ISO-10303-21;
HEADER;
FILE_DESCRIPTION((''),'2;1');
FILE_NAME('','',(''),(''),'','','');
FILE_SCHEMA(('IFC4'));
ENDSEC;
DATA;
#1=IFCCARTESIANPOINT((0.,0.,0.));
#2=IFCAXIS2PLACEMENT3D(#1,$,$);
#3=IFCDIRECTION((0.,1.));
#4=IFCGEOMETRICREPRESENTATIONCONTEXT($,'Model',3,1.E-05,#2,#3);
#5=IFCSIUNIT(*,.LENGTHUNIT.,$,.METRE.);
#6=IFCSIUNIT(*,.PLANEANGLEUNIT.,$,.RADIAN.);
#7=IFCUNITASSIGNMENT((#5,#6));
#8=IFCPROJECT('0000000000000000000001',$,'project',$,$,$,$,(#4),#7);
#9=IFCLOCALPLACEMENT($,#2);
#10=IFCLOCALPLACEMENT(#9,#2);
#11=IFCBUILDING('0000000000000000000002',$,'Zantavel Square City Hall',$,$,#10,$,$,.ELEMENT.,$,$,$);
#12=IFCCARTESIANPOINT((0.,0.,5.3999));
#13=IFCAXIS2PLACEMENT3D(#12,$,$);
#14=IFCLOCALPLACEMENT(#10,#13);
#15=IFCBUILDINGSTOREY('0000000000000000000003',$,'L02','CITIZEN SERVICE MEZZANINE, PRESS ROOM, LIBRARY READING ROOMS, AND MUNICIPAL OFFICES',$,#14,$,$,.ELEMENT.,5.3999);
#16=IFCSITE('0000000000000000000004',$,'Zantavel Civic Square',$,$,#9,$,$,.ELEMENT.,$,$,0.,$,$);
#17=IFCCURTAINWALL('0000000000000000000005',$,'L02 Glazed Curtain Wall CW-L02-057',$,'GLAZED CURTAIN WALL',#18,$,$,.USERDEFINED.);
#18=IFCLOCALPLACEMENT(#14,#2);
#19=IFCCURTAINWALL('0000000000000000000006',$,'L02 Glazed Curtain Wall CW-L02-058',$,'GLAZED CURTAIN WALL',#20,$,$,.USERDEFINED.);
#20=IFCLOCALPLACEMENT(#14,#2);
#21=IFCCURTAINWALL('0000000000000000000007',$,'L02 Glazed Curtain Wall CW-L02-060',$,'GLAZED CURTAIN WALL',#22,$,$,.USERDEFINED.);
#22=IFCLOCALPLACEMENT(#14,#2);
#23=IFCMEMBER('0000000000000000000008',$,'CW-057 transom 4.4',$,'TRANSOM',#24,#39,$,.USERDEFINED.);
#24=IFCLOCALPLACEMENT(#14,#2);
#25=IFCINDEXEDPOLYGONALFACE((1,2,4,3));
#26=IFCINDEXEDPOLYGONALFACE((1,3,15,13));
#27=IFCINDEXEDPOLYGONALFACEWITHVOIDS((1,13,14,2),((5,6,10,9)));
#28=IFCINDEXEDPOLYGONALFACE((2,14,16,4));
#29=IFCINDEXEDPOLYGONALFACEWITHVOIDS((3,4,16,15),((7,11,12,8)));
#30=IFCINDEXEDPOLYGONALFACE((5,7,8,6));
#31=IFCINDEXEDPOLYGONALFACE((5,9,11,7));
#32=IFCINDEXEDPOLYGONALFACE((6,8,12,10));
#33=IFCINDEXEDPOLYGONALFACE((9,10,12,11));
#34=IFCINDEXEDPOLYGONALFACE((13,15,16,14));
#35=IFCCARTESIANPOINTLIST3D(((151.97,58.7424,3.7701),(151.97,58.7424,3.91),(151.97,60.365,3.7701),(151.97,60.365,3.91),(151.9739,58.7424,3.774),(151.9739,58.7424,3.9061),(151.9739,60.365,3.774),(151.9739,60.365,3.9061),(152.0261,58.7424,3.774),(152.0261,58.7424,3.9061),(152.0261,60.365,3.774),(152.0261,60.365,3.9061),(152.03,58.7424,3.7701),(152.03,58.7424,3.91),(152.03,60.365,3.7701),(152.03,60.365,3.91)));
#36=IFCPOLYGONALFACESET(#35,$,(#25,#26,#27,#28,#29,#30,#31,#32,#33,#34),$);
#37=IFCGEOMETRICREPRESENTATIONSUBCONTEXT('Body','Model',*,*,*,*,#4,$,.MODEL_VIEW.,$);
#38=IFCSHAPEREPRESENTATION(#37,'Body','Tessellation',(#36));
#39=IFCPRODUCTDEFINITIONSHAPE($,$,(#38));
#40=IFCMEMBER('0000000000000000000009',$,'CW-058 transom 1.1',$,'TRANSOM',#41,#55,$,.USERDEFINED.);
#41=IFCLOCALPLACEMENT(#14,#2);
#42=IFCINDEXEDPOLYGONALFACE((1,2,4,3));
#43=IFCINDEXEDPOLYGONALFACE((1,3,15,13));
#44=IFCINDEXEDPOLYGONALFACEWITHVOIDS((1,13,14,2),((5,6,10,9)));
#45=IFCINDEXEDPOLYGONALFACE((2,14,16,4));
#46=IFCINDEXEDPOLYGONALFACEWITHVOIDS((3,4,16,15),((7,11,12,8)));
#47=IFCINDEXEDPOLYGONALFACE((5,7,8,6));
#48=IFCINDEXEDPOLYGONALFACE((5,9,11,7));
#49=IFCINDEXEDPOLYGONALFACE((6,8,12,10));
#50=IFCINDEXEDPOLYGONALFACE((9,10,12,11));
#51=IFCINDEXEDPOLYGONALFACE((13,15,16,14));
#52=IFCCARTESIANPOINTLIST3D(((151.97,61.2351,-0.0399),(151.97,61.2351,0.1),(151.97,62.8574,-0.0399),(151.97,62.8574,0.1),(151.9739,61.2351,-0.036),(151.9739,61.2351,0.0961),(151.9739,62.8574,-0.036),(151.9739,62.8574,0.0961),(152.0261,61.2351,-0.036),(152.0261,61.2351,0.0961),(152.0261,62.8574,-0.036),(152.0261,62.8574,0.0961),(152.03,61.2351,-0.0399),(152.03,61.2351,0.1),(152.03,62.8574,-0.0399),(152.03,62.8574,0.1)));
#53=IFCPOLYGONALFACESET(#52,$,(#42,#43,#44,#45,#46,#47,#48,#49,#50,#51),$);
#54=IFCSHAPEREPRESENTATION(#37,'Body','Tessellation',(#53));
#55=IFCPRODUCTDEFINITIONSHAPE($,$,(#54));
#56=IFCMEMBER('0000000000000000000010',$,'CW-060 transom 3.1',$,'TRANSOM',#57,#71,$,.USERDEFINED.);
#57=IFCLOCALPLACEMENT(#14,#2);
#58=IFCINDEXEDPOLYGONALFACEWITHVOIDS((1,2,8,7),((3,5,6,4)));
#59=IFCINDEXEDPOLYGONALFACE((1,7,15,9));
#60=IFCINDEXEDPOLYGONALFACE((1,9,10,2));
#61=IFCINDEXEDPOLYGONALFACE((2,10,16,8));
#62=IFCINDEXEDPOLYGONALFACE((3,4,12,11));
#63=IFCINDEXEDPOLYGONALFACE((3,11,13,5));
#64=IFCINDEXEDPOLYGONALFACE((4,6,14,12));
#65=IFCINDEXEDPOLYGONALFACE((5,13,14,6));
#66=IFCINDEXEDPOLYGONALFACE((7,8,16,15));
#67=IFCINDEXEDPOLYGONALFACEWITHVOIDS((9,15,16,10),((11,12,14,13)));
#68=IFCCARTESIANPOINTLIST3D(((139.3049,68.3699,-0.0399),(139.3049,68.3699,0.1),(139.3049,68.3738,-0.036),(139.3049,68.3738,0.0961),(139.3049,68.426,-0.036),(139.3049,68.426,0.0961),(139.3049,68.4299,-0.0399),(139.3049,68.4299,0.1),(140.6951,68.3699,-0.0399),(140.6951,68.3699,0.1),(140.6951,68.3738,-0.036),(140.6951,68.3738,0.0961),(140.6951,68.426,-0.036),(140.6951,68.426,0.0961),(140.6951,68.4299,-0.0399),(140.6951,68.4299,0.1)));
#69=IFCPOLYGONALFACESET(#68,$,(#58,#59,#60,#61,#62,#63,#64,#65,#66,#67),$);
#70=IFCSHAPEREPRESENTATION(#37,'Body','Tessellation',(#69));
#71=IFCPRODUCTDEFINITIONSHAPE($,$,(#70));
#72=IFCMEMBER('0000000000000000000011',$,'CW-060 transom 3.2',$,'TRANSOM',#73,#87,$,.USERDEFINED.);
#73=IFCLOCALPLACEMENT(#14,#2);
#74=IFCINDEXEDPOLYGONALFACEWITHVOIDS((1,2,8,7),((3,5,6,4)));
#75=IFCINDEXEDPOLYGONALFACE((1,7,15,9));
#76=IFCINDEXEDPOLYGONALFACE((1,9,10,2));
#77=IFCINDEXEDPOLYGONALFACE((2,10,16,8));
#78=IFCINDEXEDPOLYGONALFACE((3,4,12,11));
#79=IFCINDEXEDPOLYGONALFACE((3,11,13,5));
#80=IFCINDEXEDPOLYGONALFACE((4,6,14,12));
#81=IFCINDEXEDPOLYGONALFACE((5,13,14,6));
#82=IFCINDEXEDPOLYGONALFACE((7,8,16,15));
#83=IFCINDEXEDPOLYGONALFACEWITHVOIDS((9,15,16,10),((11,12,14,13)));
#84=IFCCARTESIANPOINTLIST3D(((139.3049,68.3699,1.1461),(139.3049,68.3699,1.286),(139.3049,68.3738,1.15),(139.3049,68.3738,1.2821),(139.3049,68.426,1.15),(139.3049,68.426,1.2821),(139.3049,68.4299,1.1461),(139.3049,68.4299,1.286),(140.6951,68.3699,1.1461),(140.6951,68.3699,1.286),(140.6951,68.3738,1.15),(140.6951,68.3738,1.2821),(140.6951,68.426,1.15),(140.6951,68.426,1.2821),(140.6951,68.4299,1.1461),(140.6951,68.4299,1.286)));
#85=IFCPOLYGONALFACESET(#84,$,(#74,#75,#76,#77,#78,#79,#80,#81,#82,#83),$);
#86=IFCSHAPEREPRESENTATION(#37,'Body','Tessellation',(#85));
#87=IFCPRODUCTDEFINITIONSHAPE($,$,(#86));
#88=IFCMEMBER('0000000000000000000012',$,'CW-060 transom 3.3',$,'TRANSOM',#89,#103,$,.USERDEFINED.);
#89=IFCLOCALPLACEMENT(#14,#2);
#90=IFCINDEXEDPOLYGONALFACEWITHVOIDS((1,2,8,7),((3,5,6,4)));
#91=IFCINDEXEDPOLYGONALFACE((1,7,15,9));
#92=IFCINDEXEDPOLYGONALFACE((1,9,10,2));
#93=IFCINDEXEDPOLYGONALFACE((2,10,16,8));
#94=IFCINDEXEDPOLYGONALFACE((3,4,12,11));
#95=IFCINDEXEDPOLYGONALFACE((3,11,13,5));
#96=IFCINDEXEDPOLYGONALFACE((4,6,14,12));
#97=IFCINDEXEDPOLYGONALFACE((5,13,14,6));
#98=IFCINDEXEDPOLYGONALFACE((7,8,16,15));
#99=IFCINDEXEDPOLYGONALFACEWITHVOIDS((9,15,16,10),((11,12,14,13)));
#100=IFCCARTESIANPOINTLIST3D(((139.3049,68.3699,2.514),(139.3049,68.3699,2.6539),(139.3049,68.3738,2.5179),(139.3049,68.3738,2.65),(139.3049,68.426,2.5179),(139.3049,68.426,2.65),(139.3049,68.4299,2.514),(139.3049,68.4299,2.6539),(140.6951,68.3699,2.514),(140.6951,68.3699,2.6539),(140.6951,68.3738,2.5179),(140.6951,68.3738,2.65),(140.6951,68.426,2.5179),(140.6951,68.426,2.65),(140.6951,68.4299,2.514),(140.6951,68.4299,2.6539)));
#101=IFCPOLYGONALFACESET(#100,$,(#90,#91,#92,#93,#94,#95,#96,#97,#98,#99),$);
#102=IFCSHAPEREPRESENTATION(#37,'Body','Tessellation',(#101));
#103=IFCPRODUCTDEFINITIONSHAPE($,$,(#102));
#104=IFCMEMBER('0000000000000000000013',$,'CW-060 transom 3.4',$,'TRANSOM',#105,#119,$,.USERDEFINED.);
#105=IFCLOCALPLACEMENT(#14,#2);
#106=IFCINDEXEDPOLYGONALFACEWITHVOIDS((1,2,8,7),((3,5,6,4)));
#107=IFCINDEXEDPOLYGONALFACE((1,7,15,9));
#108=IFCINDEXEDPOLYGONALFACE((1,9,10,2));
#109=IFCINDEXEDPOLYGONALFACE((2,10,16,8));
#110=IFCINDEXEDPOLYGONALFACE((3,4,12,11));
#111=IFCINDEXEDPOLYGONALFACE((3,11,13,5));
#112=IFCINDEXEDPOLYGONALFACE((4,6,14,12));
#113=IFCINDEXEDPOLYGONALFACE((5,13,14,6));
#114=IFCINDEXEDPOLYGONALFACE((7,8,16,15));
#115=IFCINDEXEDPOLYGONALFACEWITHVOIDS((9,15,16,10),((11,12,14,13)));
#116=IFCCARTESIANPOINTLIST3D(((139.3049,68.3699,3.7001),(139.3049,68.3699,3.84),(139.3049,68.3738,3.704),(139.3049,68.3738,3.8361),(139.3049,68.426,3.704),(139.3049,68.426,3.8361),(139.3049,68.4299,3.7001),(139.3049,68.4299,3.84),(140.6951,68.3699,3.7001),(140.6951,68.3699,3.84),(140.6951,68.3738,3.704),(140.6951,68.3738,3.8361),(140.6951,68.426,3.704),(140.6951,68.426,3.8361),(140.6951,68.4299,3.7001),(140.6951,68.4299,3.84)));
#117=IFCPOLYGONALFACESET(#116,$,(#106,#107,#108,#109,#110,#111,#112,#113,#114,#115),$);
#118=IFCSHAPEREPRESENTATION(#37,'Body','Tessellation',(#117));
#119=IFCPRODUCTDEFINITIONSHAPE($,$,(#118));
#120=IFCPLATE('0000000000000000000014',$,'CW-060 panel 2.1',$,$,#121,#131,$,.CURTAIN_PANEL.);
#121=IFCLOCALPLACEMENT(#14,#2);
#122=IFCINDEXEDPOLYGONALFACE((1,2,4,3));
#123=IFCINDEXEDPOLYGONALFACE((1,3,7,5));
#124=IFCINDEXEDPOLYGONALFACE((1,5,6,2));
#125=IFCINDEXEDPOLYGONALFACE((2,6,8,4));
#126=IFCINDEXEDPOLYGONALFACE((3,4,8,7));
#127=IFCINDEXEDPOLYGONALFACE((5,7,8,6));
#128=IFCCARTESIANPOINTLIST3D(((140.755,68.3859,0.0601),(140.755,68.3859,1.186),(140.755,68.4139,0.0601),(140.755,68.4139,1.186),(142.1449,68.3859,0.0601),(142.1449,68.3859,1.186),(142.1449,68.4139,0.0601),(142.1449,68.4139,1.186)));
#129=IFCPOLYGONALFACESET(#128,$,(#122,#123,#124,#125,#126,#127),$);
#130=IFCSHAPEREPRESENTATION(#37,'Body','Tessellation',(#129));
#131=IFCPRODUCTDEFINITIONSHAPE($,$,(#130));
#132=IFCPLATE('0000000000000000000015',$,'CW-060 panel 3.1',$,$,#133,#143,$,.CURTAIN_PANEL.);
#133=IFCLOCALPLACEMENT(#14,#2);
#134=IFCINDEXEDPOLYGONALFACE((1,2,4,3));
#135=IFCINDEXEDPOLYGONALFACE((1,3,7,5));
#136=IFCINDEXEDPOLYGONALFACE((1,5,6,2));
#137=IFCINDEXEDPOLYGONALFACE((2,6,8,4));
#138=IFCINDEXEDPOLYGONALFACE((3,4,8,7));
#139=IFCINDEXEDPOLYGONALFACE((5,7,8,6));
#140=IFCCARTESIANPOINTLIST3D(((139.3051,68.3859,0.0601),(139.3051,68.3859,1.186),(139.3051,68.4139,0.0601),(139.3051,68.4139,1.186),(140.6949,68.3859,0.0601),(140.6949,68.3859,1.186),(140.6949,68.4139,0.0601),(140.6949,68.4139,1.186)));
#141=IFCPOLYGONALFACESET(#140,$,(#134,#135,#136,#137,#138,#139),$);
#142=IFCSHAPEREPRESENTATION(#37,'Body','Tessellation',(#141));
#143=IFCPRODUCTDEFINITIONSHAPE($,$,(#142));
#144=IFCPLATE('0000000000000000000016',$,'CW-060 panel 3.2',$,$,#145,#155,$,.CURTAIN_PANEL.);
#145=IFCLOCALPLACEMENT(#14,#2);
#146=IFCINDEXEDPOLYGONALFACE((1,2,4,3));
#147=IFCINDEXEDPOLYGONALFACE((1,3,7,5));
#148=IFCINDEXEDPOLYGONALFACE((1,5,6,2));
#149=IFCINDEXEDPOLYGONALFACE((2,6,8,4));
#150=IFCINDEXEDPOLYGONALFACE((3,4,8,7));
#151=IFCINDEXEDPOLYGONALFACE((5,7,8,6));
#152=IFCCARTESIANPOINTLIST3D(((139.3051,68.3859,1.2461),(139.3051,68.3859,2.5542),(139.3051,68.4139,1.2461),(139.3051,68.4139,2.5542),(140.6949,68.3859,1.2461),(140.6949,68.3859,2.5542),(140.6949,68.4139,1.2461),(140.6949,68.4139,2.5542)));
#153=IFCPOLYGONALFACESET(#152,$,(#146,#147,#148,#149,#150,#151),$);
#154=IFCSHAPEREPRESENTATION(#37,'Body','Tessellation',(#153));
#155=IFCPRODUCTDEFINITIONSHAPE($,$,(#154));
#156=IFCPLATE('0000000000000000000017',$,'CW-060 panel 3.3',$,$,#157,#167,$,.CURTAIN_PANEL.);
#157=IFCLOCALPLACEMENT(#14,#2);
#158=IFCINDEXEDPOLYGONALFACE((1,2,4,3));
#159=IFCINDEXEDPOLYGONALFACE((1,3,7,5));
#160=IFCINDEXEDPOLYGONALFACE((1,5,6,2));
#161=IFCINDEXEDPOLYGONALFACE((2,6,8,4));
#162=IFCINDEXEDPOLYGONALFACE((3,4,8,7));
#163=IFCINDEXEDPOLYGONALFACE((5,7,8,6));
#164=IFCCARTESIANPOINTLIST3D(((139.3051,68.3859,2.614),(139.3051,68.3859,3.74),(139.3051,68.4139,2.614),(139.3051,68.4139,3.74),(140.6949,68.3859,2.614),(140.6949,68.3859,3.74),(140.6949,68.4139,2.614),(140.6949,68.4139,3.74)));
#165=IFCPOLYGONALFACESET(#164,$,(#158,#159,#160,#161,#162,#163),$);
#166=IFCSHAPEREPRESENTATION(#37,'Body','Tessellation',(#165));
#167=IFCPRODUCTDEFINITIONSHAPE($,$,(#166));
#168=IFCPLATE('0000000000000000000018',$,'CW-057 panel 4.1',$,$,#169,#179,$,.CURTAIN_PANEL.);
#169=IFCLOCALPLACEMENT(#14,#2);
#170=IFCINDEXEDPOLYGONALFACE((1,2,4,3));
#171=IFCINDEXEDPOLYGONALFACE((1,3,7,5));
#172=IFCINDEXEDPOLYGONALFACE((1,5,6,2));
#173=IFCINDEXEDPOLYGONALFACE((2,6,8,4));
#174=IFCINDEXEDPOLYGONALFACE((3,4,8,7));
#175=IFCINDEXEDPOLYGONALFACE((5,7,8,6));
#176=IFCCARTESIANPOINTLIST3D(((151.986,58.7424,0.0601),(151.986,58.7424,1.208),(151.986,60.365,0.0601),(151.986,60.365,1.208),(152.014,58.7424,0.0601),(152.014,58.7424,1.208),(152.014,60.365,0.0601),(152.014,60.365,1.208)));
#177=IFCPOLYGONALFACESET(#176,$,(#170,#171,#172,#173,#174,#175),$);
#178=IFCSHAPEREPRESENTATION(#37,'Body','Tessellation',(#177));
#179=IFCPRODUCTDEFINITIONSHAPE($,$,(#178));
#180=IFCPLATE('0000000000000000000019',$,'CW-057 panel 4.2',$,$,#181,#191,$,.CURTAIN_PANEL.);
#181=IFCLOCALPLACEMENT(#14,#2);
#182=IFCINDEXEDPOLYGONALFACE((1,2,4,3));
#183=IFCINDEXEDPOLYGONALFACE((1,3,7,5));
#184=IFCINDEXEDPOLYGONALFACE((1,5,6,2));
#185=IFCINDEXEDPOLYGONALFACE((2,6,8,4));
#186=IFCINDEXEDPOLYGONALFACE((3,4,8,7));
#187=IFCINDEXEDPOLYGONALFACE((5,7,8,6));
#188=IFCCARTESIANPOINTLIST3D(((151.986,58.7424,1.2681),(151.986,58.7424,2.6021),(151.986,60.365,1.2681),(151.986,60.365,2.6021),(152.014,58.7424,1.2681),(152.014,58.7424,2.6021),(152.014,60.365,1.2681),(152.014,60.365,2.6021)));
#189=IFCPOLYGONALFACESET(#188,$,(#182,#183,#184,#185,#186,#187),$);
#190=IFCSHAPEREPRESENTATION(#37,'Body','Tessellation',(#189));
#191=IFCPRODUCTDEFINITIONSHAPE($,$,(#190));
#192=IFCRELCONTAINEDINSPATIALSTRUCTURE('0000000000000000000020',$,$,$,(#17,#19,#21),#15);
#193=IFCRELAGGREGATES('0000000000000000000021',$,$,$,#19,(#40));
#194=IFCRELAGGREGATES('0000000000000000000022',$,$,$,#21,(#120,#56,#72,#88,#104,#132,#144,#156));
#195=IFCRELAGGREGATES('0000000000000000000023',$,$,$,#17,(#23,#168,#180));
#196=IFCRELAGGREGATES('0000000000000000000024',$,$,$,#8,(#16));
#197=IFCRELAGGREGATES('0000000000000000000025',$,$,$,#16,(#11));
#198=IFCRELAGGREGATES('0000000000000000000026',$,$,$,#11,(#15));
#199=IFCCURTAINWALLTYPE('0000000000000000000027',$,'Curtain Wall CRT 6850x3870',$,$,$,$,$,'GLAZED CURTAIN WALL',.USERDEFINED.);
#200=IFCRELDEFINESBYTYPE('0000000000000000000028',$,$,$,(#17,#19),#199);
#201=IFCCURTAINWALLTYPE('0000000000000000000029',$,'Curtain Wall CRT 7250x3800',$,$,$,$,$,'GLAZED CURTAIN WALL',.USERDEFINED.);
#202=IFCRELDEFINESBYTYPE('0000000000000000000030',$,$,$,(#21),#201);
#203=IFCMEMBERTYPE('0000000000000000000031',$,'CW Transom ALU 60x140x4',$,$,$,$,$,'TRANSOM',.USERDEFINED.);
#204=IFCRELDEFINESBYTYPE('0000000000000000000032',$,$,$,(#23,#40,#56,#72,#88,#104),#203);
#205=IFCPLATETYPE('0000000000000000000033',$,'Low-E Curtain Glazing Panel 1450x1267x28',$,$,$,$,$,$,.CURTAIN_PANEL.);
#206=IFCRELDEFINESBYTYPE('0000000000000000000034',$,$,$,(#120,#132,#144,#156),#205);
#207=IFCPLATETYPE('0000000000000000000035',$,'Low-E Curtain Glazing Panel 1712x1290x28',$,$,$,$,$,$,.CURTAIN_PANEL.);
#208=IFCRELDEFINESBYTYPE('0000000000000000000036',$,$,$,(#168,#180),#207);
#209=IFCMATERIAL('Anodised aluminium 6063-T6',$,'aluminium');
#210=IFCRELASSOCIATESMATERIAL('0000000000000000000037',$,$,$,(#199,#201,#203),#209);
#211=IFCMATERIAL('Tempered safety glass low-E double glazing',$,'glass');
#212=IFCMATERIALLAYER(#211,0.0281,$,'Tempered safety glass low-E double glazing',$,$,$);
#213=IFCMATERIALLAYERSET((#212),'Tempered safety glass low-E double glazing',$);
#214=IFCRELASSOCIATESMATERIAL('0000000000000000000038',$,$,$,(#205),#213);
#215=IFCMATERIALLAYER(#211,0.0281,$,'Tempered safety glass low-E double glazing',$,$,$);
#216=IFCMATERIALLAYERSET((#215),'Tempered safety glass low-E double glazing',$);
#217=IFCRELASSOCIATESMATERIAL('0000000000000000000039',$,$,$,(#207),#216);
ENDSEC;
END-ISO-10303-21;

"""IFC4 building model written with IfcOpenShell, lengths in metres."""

from ifc_helpers import new_model, si_unit, direction, frame, origin, origin_2d, place, context, subcontext, project, spatial, rectangle, hollow_rectangle, extrude, material, layer, layer_set, material_profile, profile_set, type_object, element, aggregate, save


model = new_model("IFC4")

# Units and contexts
model_context = context("Model", 3, precision=1e-05, world=origin(), true_north=direction((0.0, 1.0)))
body_context = subcontext(model_context, "Body", "Model", "MODEL_VIEW")
ifc_project = project(units=[si_unit("LENGTHUNIT", "METRE"), si_unit("PLANEANGLEUNIT", "RADIAN")], contexts=[model_context])

# Site, building, storey
site_placement = place(None, origin())
site = spatial("IfcSite", under=ifc_project, at=site_placement, Name="Zantavel Civic Square", CompositionType="ELEMENT", RefElevation=0.0)
building_placement = place(site_placement, origin())
building = spatial("IfcBuilding", under=site, at=building_placement, Name="Zantavel Square City Hall", CompositionType="ELEMENT")
storey_placement = place(building_placement, frame((0.0, 0.0, 5.3999)))
storey = spatial("IfcBuildingStorey", under=building, at=storey_placement, Name="L02", Description="CITIZEN SERVICE MEZZANINE, PRESS ROOM, LIBRARY READING ROOMS, AND MUNICIPAL OFFICES", CompositionType="ELEMENT", Elevation=5.3999)

# Curtain walls
ifc_material_1 = material(Name="Anodised aluminium 6063-T6", Category="aluminium")
curtain_wall_type_1 = type_object("IfcCurtainWallType", Name="Curtain Wall CRT 6850x3870", ElementType="GLAZED CURTAIN WALL", PredefinedType="USERDEFINED", material=ifc_material_1)
curtain_wall_1_placement = place(storey_placement, origin())
curtain_wall_1 = element("IfcCurtainWall", 1, at=curtain_wall_1_placement, inside=storey, type_object=curtain_wall_type_1, Name="L02 Glazed Curtain Wall CW-L02-057", ObjectType="GLAZED CURTAIN WALL", PredefinedType="USERDEFINED")
curtain_wall_2_placement = place(storey_placement, origin())
curtain_wall_2 = element("IfcCurtainWall", 2, at=curtain_wall_2_placement, inside=storey, type_object=curtain_wall_type_1, Name="L02 Glazed Curtain Wall CW-L02-058", ObjectType="GLAZED CURTAIN WALL", PredefinedType="USERDEFINED")
curtain_wall_type_2 = type_object("IfcCurtainWallType", Name="Curtain Wall CRT 7250x3800", ElementType="GLAZED CURTAIN WALL", PredefinedType="USERDEFINED", material=ifc_material_1)
curtain_wall_3_placement = place(storey_placement, origin())
curtain_wall_3 = element("IfcCurtainWall", 3, at=curtain_wall_3_placement, inside=storey, type_object=curtain_wall_type_2, Name="L02 Glazed Curtain Wall CW-L02-060", ObjectType="GLAZED CURTAIN WALL", PredefinedType="USERDEFINED")

# Members
ifc_material_profile_1 = material_profile(ifc_material_1, hollow_rectangle(XDim=0.0601, YDim=0.1399, WallThickness=0.0039, at=origin_2d()), Name="ALU 60x140x4")
ifc_profile_set_1 = profile_set([ifc_material_profile_1], Name="Anodised aluminium 6063-T6")
member_type_1 = type_object("IfcMemberType", Name="CW Transom ALU 60x140x4", ElementType="TRANSOM", PredefinedType="USERDEFINED", material=ifc_profile_set_1)
member_1_placement = place(storey_placement, frame((152.0, 58.7424, 3.8401), z_axis=(0.0, 1.0, 0.0), x_axis=(-1.0, 0.0, 0.0)))
member_1 = element("IfcMember", 4, at=member_1_placement, type_object=member_type_1, Name="CW-057 transom 4.4", ObjectType="TRANSOM", PredefinedType="USERDEFINED", context=body_context, shape_type="SweptSolid", body=[
    extrude(hollow_rectangle(XDim=0.0601, YDim=0.1399, WallThickness=0.0039, at=origin_2d()), origin(), (0.0, 0.0, 1.0), 1.6226),
])
member_2_placement = place(storey_placement, frame((152.0, 61.2351, 0.03), z_axis=(0.0, 1.0, 0.0), x_axis=(-1.0, 0.0, 0.0)))
member_2 = element("IfcMember", 5, at=member_2_placement, type_object=member_type_1, Name="CW-058 transom 1.1", ObjectType="TRANSOM", PredefinedType="USERDEFINED", context=body_context, shape_type="SweptSolid", body=[
    extrude(hollow_rectangle(XDim=0.0601, YDim=0.1399, WallThickness=0.0039, at=origin_2d()), origin(), (0.0, 0.0, 1.0), 1.6223),
])
aggregate(curtain_wall_2, [member_2])
member_3_placement = place(storey_placement, frame((140.6951, 68.3999, 0.03), z_axis=(-1.0, 0.0, 0.0), x_axis=(0.0, -1.0, 0.0)))
member_3 = element("IfcMember", 6, at=member_3_placement, type_object=member_type_1, Name="CW-060 transom 3.1", ObjectType="TRANSOM", PredefinedType="USERDEFINED", context=body_context, shape_type="SweptSolid", body=[
    extrude(hollow_rectangle(XDim=0.0601, YDim=0.1399, WallThickness=0.0039, at=origin_2d()), origin(), (0.0, 0.0, 1.0), 1.3901),
])
member_4_placement = place(storey_placement, frame((140.6951, 68.3999, 1.2161), z_axis=(-1.0, 0.0, 0.0), x_axis=(0.0, -1.0, 0.0)))
member_4 = element("IfcMember", 7, at=member_4_placement, type_object=member_type_1, Name="CW-060 transom 3.2", ObjectType="TRANSOM", PredefinedType="USERDEFINED", context=body_context, shape_type="SweptSolid", body=[
    extrude(hollow_rectangle(XDim=0.0601, YDim=0.1399, WallThickness=0.0039, at=origin_2d()), origin(), (0.0, 0.0, 1.0), 1.3901),
])
member_5_placement = place(storey_placement, frame((140.6951, 68.3999, 2.584), z_axis=(-1.0, 0.0, 0.0), x_axis=(0.0, -1.0, 0.0)))
member_5 = element("IfcMember", 8, at=member_5_placement, type_object=member_type_1, Name="CW-060 transom 3.3", ObjectType="TRANSOM", PredefinedType="USERDEFINED", context=body_context, shape_type="SweptSolid", body=[
    extrude(hollow_rectangle(XDim=0.0601, YDim=0.1399, WallThickness=0.0039, at=origin_2d()), origin(), (0.0, 0.0, 1.0), 1.3901),
])
member_6_placement = place(storey_placement, frame((140.6951, 68.3999, 3.77), z_axis=(-1.0, 0.0, 0.0), x_axis=(0.0, -1.0, 0.0)))
member_6 = element("IfcMember", 9, at=member_6_placement, type_object=member_type_1, Name="CW-060 transom 3.4", ObjectType="TRANSOM", PredefinedType="USERDEFINED", context=body_context, shape_type="SweptSolid", body=[
    extrude(hollow_rectangle(XDim=0.0601, YDim=0.1399, WallThickness=0.0039, at=origin_2d()), origin(), (0.0, 0.0, 1.0), 1.3901),
])

# Plates
ifc_material_2 = material(Name="Tempered safety glass low-E double glazing", Category="glass")
ifc_layer_1 = layer(ifc_material_2, 0.0281, Name="Tempered safety glass low-E double glazing")
ifc_layer_set_1 = layer_set([ifc_layer_1], Name="Tempered safety glass low-E double glazing")
plate_type_1 = type_object("IfcPlateType", Name="Low-E Curtain Glazing Panel 1450x1267x28", PredefinedType="CURTAIN_PANEL", material=ifc_layer_set_1)
plate_1_placement = place(storey_placement, frame((141.45, 68.3999, 0.0601), z_axis=(0.0, 0.0, 1.0), x_axis=(-1.0, 0.0, 0.0)))
plate_1 = element("IfcPlate", 10, at=plate_1_placement, type_object=plate_type_1, Name="CW-060 panel 2.1", PredefinedType="CURTAIN_PANEL", context=body_context, shape_type="SweptSolid", body=[
    extrude(rectangle(XDim=1.3899, YDim=0.0281, at=origin_2d()), origin(), (0.0, 0.0, 1.0), 1.126),
])
plate_2_placement = place(storey_placement, frame((140.0, 68.3999, 0.0601), z_axis=(0.0, 0.0, 1.0), x_axis=(-1.0, 0.0, 0.0)))
plate_2 = element("IfcPlate", 11, at=plate_2_placement, type_object=plate_type_1, Name="CW-060 panel 3.1", PredefinedType="CURTAIN_PANEL", context=body_context, shape_type="SweptSolid", body=[
    extrude(rectangle(XDim=1.3899, YDim=0.0281, at=origin_2d()), origin(), (0.0, 0.0, 1.0), 1.126),
])
plate_3_placement = place(storey_placement, frame((140.0, 68.3999, 1.2461), z_axis=(0.0, 0.0, 1.0), x_axis=(-1.0, 0.0, 0.0)))
plate_3 = element("IfcPlate", 12, at=plate_3_placement, type_object=plate_type_1, Name="CW-060 panel 3.2", PredefinedType="CURTAIN_PANEL", context=body_context, shape_type="SweptSolid", body=[
    extrude(rectangle(XDim=1.3899, YDim=0.0281, at=origin_2d()), origin(), (0.0, 0.0, 1.0), 1.3081),
])
plate_4_placement = place(storey_placement, frame((140.0, 68.3999, 2.614), z_axis=(0.0, 0.0, 1.0), x_axis=(-1.0, 0.0, 0.0)))
plate_4 = element("IfcPlate", 13, at=plate_4_placement, type_object=plate_type_1, Name="CW-060 panel 3.3", PredefinedType="CURTAIN_PANEL", context=body_context, shape_type="SweptSolid", body=[
    extrude(rectangle(XDim=1.3899, YDim=0.0281, at=origin_2d()), origin(), (0.0, 0.0, 1.0), 1.126),
])
aggregate(curtain_wall_3, [plate_1, member_3, member_4, member_5, member_6, plate_2, plate_3, plate_4])
ifc_layer_2 = layer(ifc_material_2, 0.0281, Name="Tempered safety glass low-E double glazing")
ifc_layer_set_2 = layer_set([ifc_layer_2], Name="Tempered safety glass low-E double glazing")
plate_type_2 = type_object("IfcPlateType", Name="Low-E Curtain Glazing Panel 1712x1290x28", PredefinedType="CURTAIN_PANEL", material=ifc_layer_set_2)
plate_5_placement = place(storey_placement, frame((152.0, 59.5537, 0.0601), z_axis=(0.0, 0.0, 1.0), x_axis=(0.0, 1.0, 0.0)))
plate_5 = element("IfcPlate", 14, at=plate_5_placement, type_object=plate_type_2, Name="CW-057 panel 4.1", PredefinedType="CURTAIN_PANEL", context=body_context, shape_type="SweptSolid", body=[
    extrude(rectangle(XDim=1.6226, YDim=0.0281, at=origin_2d()), origin(), (0.0, 0.0, 1.0), 1.1479),
])
plate_6_placement = place(storey_placement, frame((152.0, 59.5537, 1.2681), z_axis=(0.0, 0.0, 1.0), x_axis=(0.0, 1.0, 0.0)))
plate_6 = element("IfcPlate", 15, at=plate_6_placement, type_object=plate_type_2, Name="CW-057 panel 4.2", PredefinedType="CURTAIN_PANEL", context=body_context, shape_type="SweptSolid", body=[
    extrude(rectangle(XDim=1.6226, YDim=0.0281, at=origin_2d()), origin(), (0.0, 0.0, 1.0), 1.334),
])
aggregate(curtain_wall_1, [member_1, plate_5, plate_6])

save(model, "model.ifc")
